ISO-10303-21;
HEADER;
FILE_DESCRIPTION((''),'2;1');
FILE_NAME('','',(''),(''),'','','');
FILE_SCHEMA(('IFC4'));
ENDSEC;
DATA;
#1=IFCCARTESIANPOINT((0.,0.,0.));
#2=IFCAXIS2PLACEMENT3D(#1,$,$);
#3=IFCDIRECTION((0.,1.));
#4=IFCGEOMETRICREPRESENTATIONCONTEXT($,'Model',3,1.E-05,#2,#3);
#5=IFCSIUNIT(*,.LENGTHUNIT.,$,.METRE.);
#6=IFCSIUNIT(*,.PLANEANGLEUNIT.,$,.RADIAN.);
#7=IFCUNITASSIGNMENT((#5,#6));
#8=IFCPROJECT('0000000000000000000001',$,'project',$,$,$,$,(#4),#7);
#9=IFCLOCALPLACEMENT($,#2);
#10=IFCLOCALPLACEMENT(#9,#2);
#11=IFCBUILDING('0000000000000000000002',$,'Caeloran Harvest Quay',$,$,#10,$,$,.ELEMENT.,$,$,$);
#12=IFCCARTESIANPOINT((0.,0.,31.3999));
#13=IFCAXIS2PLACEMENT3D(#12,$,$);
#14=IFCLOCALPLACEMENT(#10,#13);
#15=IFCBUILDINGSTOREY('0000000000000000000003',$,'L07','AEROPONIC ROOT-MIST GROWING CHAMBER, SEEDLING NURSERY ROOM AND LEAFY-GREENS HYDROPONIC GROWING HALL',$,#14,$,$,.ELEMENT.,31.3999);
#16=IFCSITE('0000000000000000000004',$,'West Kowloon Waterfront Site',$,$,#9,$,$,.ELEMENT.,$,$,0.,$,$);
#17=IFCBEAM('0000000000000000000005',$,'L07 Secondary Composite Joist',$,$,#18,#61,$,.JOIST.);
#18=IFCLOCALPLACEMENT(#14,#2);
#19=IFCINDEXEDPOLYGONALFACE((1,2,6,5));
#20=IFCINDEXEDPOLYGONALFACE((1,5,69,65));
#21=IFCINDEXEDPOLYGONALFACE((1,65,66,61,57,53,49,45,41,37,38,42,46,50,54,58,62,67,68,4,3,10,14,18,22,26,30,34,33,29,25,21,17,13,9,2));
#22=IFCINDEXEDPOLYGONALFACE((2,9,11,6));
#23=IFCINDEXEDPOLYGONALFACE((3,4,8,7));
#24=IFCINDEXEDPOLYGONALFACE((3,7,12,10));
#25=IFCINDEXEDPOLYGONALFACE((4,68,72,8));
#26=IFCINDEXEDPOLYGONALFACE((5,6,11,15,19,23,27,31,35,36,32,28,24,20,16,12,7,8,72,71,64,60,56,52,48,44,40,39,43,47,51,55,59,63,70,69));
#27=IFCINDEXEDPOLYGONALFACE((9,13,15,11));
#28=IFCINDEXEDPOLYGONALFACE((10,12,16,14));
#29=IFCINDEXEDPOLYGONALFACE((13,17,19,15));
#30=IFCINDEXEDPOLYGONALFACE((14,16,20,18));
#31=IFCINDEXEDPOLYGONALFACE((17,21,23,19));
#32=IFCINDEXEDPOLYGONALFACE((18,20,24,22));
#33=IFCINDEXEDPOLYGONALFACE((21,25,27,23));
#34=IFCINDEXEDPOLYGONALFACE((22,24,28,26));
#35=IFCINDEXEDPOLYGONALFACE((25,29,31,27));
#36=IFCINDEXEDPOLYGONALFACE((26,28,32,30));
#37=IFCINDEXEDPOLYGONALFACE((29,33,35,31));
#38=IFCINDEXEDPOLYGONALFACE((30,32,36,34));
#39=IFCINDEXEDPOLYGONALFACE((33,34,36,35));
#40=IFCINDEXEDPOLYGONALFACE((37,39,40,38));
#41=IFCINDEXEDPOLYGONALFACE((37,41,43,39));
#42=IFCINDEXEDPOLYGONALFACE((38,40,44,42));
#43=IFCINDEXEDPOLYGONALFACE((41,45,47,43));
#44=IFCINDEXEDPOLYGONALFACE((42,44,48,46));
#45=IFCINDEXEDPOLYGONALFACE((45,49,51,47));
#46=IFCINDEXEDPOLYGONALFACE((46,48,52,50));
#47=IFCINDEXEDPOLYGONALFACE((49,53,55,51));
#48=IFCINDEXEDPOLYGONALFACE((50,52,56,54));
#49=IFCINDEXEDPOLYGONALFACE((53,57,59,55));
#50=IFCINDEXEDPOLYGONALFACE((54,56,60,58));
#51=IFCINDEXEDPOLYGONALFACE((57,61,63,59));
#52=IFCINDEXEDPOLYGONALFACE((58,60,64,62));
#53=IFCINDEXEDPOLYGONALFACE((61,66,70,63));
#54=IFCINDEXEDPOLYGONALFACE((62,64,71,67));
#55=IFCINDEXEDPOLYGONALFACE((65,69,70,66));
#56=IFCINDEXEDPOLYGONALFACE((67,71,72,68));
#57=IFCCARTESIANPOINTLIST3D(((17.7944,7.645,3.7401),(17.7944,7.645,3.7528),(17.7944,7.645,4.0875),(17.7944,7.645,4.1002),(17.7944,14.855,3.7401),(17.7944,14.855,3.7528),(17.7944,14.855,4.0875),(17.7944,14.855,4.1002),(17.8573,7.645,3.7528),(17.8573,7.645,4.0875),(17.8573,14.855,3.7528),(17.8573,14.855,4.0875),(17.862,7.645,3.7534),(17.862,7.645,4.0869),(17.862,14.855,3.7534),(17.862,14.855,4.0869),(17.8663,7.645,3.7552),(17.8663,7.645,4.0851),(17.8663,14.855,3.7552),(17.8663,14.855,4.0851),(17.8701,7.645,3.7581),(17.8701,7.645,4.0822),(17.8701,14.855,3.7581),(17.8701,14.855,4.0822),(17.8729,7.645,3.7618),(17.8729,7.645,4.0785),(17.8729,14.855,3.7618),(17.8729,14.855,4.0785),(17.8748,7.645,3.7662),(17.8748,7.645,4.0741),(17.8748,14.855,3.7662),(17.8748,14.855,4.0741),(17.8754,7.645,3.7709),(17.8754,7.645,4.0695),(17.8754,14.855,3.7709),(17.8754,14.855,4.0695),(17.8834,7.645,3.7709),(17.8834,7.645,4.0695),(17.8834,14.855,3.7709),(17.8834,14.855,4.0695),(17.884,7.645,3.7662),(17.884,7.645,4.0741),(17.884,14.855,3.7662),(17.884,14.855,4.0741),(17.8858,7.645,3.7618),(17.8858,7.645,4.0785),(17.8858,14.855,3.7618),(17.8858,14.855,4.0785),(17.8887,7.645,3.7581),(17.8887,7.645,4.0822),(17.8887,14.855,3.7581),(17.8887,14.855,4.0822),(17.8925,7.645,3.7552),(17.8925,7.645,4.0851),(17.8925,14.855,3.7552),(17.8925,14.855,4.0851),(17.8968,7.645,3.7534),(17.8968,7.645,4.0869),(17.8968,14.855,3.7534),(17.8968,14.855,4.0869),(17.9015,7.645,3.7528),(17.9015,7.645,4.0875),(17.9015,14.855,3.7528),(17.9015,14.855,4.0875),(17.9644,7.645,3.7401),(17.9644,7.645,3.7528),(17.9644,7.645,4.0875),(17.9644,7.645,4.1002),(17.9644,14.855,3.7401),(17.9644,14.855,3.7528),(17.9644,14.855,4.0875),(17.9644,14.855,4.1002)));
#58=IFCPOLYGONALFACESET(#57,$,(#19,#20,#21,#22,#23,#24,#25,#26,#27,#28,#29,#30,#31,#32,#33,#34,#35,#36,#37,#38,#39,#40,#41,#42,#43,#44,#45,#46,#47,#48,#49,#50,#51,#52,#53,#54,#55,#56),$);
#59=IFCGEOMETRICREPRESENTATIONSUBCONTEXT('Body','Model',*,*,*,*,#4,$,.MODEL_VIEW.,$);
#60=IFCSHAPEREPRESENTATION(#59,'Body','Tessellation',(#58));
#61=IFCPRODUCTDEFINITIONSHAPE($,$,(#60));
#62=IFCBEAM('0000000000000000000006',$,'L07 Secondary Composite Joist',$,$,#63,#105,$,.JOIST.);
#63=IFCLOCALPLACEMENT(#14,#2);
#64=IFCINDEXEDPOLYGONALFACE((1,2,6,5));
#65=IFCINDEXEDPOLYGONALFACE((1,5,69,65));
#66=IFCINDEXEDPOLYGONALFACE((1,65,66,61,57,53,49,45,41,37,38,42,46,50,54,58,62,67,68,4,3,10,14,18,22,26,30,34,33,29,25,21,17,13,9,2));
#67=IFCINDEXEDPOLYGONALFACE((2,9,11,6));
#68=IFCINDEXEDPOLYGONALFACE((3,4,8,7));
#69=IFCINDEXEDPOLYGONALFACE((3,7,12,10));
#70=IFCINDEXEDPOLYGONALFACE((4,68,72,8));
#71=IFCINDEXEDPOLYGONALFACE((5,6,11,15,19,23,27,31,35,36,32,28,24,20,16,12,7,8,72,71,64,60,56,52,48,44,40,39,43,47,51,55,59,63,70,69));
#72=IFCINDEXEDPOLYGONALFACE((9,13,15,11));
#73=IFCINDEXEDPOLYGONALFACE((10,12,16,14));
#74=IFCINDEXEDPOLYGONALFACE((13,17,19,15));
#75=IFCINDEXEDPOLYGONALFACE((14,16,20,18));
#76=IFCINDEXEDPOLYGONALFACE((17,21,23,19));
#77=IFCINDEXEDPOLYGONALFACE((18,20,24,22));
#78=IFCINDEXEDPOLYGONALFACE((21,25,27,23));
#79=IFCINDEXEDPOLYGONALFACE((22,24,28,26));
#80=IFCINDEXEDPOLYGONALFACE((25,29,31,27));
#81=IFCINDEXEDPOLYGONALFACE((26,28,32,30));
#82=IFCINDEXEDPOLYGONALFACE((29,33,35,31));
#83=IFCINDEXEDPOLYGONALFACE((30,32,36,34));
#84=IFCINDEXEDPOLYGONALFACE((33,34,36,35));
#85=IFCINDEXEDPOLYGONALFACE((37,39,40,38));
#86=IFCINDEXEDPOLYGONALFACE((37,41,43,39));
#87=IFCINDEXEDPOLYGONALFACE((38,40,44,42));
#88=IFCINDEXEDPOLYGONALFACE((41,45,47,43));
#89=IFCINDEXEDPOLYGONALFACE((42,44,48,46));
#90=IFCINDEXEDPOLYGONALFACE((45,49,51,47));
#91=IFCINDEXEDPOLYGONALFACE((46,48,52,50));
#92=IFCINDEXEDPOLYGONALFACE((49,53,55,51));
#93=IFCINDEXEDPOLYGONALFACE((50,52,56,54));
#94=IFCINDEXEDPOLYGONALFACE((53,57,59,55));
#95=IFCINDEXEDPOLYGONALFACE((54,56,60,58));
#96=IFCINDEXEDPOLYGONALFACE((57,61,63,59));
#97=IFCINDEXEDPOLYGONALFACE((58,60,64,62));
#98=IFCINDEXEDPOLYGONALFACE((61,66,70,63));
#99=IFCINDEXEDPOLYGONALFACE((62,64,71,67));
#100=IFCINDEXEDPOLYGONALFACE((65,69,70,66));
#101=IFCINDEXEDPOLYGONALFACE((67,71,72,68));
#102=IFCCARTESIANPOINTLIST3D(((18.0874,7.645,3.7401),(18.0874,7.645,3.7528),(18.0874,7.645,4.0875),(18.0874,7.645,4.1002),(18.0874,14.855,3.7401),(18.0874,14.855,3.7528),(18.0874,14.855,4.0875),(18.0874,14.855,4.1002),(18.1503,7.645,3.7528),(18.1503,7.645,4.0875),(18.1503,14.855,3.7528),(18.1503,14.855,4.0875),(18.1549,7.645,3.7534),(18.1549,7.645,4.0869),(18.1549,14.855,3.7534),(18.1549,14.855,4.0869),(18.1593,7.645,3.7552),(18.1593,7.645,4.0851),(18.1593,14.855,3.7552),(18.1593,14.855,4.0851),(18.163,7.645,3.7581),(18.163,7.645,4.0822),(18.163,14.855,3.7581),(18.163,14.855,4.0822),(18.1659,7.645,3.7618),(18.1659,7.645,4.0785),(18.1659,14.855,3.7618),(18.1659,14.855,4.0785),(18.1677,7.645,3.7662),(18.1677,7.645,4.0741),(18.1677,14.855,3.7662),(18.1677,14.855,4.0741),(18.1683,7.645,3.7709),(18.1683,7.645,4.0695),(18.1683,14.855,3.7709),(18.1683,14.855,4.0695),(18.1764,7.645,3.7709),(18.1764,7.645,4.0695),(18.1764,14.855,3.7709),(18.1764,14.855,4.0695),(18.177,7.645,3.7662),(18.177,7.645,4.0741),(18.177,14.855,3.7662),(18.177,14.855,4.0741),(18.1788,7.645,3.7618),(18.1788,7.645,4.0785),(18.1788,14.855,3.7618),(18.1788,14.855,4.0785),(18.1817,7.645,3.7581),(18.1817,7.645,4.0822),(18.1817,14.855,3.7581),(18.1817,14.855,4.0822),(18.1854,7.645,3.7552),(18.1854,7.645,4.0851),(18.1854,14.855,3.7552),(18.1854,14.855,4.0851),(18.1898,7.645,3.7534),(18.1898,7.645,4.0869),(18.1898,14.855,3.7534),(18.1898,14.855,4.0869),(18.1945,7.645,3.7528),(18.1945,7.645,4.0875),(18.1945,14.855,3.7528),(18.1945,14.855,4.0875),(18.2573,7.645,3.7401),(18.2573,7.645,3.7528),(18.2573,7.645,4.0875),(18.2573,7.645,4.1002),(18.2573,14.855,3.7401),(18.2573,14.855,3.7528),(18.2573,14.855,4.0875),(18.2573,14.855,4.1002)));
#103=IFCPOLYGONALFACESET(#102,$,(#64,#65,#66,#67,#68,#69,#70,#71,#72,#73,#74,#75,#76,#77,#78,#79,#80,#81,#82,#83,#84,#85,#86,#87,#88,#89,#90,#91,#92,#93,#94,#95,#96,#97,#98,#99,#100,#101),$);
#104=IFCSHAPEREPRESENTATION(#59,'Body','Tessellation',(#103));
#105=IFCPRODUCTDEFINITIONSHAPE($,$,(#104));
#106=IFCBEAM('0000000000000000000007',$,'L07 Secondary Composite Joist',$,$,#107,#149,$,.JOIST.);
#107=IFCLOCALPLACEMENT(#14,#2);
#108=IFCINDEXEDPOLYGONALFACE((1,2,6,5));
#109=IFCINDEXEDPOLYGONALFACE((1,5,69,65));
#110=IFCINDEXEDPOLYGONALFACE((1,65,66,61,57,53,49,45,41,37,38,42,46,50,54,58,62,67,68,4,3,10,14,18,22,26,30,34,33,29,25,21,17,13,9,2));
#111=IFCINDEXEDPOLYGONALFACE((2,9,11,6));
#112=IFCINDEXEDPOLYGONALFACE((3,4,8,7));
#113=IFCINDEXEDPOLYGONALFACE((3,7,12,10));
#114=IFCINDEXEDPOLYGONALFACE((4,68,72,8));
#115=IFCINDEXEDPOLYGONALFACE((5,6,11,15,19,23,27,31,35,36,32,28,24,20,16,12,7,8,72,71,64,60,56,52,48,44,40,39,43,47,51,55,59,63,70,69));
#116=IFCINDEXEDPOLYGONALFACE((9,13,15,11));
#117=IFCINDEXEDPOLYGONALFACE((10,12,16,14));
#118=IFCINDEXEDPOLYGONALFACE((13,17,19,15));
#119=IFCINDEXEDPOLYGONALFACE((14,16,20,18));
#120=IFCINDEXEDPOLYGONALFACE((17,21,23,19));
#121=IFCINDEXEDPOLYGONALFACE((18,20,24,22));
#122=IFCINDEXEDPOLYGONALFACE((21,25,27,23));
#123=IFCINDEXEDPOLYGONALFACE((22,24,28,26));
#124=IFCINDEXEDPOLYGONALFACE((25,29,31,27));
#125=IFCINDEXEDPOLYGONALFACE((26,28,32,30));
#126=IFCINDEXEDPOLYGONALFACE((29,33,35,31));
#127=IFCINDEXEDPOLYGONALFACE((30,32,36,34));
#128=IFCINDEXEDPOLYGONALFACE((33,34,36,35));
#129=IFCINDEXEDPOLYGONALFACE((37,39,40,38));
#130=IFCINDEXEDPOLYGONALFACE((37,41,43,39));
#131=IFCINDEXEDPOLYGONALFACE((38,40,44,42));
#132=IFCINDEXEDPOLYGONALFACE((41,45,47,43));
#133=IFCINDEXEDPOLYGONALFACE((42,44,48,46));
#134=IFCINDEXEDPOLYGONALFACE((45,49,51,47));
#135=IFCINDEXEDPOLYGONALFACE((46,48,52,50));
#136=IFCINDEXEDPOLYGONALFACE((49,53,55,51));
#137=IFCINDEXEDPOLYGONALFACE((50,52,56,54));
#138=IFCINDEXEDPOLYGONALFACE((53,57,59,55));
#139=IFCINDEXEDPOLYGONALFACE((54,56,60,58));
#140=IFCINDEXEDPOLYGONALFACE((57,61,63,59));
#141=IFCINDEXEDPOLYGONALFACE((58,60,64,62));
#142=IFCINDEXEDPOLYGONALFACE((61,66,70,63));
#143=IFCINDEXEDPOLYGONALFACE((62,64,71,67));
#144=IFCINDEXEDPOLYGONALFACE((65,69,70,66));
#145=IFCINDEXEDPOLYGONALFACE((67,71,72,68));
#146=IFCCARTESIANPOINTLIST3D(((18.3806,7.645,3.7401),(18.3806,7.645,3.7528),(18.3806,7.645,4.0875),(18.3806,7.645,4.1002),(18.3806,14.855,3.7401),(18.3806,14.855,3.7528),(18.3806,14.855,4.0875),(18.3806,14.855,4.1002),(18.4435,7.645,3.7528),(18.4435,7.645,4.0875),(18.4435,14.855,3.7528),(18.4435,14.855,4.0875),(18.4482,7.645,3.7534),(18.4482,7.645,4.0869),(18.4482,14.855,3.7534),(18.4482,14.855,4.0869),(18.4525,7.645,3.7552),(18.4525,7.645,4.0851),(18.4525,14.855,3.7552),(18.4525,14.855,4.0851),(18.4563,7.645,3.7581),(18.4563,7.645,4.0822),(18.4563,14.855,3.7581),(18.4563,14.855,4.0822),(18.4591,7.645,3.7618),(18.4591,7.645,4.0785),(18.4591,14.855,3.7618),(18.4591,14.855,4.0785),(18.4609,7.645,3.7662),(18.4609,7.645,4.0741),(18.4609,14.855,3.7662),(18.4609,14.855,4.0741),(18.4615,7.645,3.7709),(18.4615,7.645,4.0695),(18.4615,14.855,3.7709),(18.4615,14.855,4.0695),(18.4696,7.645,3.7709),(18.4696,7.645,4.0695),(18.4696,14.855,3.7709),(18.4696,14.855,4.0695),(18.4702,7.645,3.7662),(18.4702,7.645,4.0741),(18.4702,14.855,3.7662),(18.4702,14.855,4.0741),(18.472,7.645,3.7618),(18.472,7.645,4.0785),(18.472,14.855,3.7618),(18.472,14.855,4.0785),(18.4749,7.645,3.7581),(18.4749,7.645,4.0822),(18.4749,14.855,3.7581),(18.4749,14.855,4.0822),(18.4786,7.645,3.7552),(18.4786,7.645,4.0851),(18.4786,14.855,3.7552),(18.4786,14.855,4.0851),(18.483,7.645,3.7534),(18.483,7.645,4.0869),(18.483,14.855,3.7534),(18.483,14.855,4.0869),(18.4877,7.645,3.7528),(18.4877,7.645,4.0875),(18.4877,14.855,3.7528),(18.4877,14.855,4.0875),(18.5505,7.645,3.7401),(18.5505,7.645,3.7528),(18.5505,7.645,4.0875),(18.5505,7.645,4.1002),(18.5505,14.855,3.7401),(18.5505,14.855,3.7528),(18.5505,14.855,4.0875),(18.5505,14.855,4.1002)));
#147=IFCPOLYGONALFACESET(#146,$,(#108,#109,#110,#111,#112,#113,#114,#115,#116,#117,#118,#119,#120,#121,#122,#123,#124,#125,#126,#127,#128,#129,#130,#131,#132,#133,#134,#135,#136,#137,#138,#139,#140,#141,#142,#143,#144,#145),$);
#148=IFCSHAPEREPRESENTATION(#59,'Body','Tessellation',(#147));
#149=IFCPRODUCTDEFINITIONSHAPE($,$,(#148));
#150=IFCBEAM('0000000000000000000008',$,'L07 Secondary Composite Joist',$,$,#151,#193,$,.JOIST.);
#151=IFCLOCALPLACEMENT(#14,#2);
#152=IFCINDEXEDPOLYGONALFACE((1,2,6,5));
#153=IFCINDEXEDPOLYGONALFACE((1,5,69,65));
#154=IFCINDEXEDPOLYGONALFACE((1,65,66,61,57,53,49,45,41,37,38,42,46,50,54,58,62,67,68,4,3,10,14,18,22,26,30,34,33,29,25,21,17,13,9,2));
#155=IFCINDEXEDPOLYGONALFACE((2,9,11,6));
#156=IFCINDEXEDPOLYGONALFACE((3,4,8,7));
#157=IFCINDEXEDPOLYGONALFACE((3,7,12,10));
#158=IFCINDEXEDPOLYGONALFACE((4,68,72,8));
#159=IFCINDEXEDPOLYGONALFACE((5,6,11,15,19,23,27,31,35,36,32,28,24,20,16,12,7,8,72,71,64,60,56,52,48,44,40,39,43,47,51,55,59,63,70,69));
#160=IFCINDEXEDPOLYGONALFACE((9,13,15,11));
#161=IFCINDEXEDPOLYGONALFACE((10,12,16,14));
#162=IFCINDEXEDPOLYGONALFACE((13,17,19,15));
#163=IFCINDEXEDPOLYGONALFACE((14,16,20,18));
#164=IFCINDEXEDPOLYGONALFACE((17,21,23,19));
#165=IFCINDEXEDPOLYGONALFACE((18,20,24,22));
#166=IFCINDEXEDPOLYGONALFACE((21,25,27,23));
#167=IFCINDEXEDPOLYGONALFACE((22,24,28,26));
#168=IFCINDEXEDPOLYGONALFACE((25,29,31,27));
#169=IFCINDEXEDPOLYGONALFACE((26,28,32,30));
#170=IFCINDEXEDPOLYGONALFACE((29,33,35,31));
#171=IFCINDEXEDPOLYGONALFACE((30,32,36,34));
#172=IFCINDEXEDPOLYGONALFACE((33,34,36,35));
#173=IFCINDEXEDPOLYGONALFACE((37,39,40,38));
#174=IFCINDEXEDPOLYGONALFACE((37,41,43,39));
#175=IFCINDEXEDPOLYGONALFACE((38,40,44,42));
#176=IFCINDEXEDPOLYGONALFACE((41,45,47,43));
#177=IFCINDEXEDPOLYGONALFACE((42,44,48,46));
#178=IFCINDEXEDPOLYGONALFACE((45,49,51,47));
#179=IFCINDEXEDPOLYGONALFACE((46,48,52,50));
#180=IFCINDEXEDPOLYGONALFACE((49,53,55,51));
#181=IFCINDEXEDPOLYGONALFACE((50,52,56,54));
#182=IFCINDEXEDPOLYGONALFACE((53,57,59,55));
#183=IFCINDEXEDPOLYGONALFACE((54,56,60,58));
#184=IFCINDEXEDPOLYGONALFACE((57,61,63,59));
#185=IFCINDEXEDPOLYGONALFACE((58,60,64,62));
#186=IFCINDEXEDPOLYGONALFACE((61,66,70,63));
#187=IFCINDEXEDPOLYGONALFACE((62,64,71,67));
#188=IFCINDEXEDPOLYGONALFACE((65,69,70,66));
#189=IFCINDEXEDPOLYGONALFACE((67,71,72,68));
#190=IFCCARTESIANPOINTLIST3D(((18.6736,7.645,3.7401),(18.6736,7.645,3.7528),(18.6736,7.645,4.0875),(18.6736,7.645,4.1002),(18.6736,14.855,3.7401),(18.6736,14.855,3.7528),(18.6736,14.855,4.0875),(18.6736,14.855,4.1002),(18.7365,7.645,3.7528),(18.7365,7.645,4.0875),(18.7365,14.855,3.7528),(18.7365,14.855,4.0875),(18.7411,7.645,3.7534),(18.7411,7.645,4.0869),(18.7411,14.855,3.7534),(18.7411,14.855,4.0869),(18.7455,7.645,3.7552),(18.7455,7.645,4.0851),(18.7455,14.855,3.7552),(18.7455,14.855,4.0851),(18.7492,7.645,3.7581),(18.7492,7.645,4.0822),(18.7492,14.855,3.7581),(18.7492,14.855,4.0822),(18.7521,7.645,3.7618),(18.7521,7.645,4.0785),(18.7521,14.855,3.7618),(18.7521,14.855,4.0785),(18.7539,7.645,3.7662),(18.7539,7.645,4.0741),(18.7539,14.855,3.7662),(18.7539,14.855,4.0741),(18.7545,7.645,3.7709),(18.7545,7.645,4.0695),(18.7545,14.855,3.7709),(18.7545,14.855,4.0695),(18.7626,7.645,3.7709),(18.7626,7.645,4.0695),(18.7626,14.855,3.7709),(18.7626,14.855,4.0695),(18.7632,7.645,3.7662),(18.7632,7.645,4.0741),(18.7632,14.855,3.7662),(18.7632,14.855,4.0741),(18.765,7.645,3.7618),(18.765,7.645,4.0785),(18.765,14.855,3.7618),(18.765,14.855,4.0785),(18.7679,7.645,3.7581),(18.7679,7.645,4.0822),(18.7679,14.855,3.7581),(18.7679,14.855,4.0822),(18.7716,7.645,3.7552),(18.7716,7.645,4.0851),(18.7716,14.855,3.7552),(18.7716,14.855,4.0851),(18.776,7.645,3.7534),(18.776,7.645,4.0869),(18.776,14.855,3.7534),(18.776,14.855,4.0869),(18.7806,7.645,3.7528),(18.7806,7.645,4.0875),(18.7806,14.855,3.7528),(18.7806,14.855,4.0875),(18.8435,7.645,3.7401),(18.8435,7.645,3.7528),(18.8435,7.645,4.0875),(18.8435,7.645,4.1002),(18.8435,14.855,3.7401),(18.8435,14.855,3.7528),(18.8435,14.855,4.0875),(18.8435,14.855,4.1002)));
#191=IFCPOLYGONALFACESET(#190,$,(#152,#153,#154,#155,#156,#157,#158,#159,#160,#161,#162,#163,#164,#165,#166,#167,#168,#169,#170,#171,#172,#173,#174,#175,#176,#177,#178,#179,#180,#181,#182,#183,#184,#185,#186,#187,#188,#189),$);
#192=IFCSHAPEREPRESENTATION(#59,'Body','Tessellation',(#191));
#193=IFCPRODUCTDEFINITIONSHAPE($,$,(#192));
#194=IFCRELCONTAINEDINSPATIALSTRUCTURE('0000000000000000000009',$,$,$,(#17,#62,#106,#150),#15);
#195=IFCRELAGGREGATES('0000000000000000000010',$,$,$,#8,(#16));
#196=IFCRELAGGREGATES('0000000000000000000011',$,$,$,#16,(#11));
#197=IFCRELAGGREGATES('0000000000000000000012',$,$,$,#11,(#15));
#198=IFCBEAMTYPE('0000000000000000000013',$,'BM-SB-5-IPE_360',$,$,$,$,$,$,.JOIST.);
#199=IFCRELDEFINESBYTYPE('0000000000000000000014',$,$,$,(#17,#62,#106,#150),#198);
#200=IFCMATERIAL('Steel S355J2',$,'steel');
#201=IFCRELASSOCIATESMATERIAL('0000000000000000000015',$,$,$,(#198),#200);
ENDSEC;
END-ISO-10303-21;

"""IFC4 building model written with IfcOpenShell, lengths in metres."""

from ifc_helpers import new_model, si_unit, direction, frame, origin, origin_2d, place, context, subcontext, project, spatial, i_section, extrude, material, material_profile, profile_set, type_object, element, save


model = new_model("IFC4")

# Units and contexts
model_context = context("Model", 3, precision=1e-05, world=origin(), true_north=direction((0.0, 1.0)))
body_context = subcontext(model_context, "Body", "Model", "MODEL_VIEW")
ifc_project = project(units=[si_unit("LENGTHUNIT", "METRE"), si_unit("PLANEANGLEUNIT", "RADIAN")], contexts=[model_context])

# Site, building, storey
site_placement = place(None, origin())
site = spatial("IfcSite", under=ifc_project, at=site_placement, Name="West Kowloon Waterfront Site", CompositionType="ELEMENT", RefElevation=0.0)
building_placement = place(site_placement, origin())
building = spatial("IfcBuilding", under=site, at=building_placement, Name="Caeloran Harvest Quay", CompositionType="ELEMENT")
storey_placement = place(building_placement, frame((0.0, 0.0, 31.3999)))
storey = spatial("IfcBuildingStorey", under=building, at=storey_placement, Name="L07", Description="AEROPONIC ROOT-MIST GROWING CHAMBER, SEEDLING NURSERY ROOM AND LEAFY-GREENS HYDROPONIC GROWING HALL", CompositionType="ELEMENT", Elevation=31.3999)

# Beams
ifc_material = material(Name="Steel S355J2", Category="steel")
ifc_material_profile_1 = material_profile(ifc_material, i_section(OverallWidth=0.1699, OverallDepth=0.3601, WebThickness=0.0081, FlangeThickness=0.0127, FilletRadius=0.0181, at=origin_2d()), Name="IPE 360")
ifc_profile_set_1 = profile_set([ifc_material_profile_1], Name="Steel S355J2")
beam_type_1 = type_object("IfcBeamType", Name="BM-SB-5-IPE_360", PredefinedType="JOIST", material=ifc_profile_set_1)
for number, where, z_axis, x_axis, name in (
    (1, (17.8794, 7.645, 3.9202), (0.0, 1.0, 0.0), (-1.0, 0.0, 0.0), "L07 Secondary Composite Joist"),
    (2, (18.1724, 7.645, 3.9202), (0.0, 1.0, 0.0), (-1.0, 0.0, 0.0), "L07 Secondary Composite Joist"),
    (3, (18.4656, 7.645, 3.9202), (0.0, 1.0, 0.0), (-1.0, 0.0, 0.0), "L07 Secondary Composite Joist"),
    (4, (18.7585, 7.645, 3.9202), (0.0, 1.0, 0.0), (-1.0, 0.0, 0.0), "L07 Secondary Composite Joist"),
):
    element("IfcBeam", number, at=place(storey_placement, frame(where, z_axis=z_axis, x_axis=x_axis)), inside=storey, type_object=beam_type_1, Name=name, PredefinedType="JOIST", context=body_context, shape_type="SweptSolid", body=[
        extrude(i_section(OverallWidth=0.1699, OverallDepth=0.3601, WebThickness=0.0081, FlangeThickness=0.0127, FilletRadius=0.0181, at=origin_2d()), origin(), (0.0, 0.0, 1.0), 7.21),
    ])

save(model, "model.ifc")
